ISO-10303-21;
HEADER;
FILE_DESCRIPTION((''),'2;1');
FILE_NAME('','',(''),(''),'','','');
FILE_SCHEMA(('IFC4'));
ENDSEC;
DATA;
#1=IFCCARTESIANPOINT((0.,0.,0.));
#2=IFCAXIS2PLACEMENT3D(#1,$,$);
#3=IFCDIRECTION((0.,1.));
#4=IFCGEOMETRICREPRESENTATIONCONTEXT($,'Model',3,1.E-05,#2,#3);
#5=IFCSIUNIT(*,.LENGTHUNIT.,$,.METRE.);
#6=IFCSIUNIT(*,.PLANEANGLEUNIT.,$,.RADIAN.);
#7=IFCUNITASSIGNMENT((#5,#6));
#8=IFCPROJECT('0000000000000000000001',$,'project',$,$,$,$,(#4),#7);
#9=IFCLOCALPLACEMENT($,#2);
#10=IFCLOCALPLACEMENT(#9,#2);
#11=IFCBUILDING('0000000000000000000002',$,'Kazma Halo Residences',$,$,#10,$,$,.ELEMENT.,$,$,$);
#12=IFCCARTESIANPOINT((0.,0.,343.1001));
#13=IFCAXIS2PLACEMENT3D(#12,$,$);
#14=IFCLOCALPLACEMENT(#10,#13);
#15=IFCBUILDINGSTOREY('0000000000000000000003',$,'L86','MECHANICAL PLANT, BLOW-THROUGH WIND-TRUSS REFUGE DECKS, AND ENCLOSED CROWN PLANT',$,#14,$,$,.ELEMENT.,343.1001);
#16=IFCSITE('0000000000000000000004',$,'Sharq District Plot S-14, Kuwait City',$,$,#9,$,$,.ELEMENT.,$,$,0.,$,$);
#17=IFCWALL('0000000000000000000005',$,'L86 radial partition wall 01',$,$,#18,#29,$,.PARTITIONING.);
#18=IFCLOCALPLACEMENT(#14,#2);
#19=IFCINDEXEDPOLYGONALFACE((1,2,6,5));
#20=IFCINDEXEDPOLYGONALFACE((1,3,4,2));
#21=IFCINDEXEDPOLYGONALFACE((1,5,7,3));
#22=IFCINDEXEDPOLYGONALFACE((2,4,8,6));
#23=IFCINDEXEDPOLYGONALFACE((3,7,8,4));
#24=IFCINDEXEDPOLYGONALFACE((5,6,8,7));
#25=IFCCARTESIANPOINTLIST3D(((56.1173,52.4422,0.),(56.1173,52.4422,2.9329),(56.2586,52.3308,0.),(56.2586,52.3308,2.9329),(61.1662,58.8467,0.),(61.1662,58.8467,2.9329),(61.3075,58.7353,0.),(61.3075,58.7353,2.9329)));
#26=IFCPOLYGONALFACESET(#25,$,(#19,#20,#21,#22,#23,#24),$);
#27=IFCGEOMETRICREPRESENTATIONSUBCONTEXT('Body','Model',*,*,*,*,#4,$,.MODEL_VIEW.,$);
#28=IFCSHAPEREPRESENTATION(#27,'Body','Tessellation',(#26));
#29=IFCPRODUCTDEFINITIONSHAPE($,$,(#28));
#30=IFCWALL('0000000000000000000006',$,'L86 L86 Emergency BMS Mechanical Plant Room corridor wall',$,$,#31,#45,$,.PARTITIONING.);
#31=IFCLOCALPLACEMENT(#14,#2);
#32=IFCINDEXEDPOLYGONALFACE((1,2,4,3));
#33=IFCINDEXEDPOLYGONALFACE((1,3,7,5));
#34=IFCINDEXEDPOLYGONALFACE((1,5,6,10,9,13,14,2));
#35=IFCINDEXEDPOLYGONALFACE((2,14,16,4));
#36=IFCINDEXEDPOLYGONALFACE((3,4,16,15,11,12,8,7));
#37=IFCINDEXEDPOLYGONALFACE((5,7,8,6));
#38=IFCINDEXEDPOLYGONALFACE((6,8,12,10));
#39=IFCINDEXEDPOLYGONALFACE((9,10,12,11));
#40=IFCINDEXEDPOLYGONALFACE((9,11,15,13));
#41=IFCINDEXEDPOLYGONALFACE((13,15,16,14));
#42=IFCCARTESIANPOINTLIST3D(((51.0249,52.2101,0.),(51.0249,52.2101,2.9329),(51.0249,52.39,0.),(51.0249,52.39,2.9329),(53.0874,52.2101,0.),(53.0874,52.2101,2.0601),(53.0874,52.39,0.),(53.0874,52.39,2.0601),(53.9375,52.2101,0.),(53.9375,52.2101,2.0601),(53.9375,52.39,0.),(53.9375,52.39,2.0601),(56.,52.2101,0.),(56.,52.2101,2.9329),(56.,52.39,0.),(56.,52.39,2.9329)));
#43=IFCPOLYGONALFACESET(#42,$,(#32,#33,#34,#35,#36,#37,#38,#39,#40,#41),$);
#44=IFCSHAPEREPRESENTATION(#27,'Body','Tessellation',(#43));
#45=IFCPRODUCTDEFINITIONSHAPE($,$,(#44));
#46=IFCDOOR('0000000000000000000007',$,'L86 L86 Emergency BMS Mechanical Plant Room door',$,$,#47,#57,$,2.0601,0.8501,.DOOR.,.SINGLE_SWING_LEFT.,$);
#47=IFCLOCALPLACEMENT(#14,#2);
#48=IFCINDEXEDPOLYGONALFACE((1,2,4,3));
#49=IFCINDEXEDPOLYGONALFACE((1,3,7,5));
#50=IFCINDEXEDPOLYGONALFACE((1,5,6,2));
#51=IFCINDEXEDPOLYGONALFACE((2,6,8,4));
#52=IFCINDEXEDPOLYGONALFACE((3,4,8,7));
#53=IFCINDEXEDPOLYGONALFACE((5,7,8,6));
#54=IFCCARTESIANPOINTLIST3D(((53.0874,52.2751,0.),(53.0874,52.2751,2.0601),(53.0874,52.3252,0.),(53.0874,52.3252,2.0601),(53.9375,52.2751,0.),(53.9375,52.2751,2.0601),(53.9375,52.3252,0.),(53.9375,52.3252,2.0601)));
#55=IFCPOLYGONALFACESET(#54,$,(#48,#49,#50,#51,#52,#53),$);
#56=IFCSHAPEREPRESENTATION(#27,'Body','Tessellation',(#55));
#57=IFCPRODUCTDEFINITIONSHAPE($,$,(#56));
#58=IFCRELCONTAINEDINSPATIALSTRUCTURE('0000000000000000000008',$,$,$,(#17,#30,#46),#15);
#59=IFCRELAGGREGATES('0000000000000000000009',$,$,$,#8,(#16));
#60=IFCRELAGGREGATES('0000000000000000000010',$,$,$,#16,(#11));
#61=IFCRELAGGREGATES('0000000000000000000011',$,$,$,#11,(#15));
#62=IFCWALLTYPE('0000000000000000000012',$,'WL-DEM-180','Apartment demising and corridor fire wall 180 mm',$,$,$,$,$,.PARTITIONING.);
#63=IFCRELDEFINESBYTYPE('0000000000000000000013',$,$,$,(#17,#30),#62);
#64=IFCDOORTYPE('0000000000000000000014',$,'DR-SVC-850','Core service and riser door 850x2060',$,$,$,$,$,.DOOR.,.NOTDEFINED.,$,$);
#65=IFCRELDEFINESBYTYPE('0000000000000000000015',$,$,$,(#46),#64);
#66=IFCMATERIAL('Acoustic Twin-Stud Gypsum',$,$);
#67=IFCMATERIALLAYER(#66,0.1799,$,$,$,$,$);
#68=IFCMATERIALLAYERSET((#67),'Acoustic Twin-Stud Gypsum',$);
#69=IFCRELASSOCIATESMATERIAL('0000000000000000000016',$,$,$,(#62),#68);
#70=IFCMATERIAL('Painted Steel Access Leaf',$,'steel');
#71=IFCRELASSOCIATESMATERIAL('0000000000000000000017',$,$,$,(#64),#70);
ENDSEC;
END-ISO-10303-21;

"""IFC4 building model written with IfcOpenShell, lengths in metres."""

from ifc_helpers import new_model, si_unit, direction, frame, frame_2d, origin, place, context, subcontext, project, spatial, rectangle, extrude, material, layer, layer_set, type_object, element, fill, save


model = new_model("IFC4")

# Units and contexts
model_context = context("Model", 3, precision=1e-05, world=origin(), true_north=direction((0.0, 1.0)))
body_context = subcontext(model_context, "Body", "Model", "MODEL_VIEW")
ifc_project = project(units=[si_unit("LENGTHUNIT", "METRE"), si_unit("PLANEANGLEUNIT", "RADIAN")], contexts=[model_context])

# Site, building, storey
site_placement = place(None, origin())
site = spatial("IfcSite", under=ifc_project, at=site_placement, Name="Sharq District Plot S-14, Kuwait City", CompositionType="ELEMENT", RefElevation=0.0)
building_placement = place(site_placement, origin())
building = spatial("IfcBuilding", under=site, at=building_placement, Name="Kazma Halo Residences", CompositionType="ELEMENT")
storey_placement = place(building_placement, frame((0.0, 0.0, 343.1001)))
storey = spatial("IfcBuildingStorey", under=building, at=storey_placement, Name="L86", Description="MECHANICAL PLANT, BLOW-THROUGH WIND-TRUSS REFUGE DECKS, AND ENCLOSED CROWN PLANT", CompositionType="ELEMENT", Elevation=343.1001)

# Wall
ifc_material_1 = material(Name="Acoustic Twin-Stud Gypsum")
ifc_layer_1 = layer(ifc_material_1, 0.1799)
ifc_layer_set_1 = layer_set([ifc_layer_1], Name="Acoustic Twin-Stud Gypsum")
wall_type_1 = type_object("IfcWallType", Name="WL-DEM-180", Description="Apartment demising and corridor fire wall 180 mm", PredefinedType="PARTITIONING", material=ifc_layer_set_1)
wall_1_placement = place(storey_placement, frame((56.188, 52.3865, 0.0), z_axis=(0.0, 0.0, 1.0), x_axis=(0.619086, 0.785323, 0.0)))
element("IfcWall", 1, at=wall_1_placement, inside=storey, type_object=wall_type_1, Name="L86 radial partition wall 01", PredefinedType="PARTITIONING", context=body_context, shape_type="SweptSolid", body=[
    extrude(rectangle(XDim=8.1553, YDim=0.1799, at=frame_2d((4.0776, 0.0))), origin(), (0.0, 0.0, 1.0), 2.9329),
])

# Wall, opening, door
wall_2_placement = place(storey_placement, frame((56.0, 52.3, 0.0), z_axis=(0.0, 0.0, 1.0), x_axis=(-1.0, 0.0, 0.0)))
wall_2 = element("IfcWall", 2, at=wall_2_placement, inside=storey, type_object=wall_type_1, Name="L86 L86 Emergency BMS Mechanical Plant Room corridor wall", PredefinedType="PARTITIONING", context=body_context, shape_type="SweptSolid", body=[
    extrude(rectangle(XDim=4.9751, YDim=0.1799, at=frame_2d((2.4875, 0.0))), origin(), (0.0, 0.0, 1.0), 2.9329),
])
opening_placement = place(wall_2_placement, frame((2.0625, 0.0, 0.0)))
opening = element("IfcOpeningElement", 3, at=opening_placement, cuts=wall_2, PredefinedType="OPENING", context=body_context, shape_type="SweptSolid", body=[
    extrude(rectangle(XDim=0.8501, YDim=2.0601, at=frame_2d((0.425, 1.03))), frame((0.0, 0.0999, 0.0), z_axis=(0.0, -1.0, 0.0), x_axis=(1.0, 0.0, 0.0)), (0.0, 0.0, 1.0), 0.2),
])
ifc_material_2 = material(Name="Painted Steel Access Leaf", Category="steel")
door_type = type_object("IfcDoorType", Name="DR-SVC-850", Description="Core service and riser door 850x2060", OperationType="NOTDEFINED", PredefinedType="DOOR", material=ifc_material_2)
door_placement = place(opening_placement, origin())
door = element("IfcDoor", 4, at=door_placement, inside=storey, type_object=door_type, Name="L86 L86 Emergency BMS Mechanical Plant Room door", OperationType="SINGLE_SWING_LEFT", OverallHeight=2.0601, OverallWidth=0.8501, PredefinedType="DOOR", context=body_context, shape_type="SweptSolid", body=[
    extrude(rectangle(XDim=0.8501, YDim=2.0601, at=frame_2d((0.425, 1.03))), frame((0.0, 0.0249, 0.0), z_axis=(0.0, -1.0, 0.0), x_axis=(1.0, 0.0, 0.0)), (0.0, 0.0, 1.0), 0.05),
])
fill(opening, door)

save(model, "model.ifc")
